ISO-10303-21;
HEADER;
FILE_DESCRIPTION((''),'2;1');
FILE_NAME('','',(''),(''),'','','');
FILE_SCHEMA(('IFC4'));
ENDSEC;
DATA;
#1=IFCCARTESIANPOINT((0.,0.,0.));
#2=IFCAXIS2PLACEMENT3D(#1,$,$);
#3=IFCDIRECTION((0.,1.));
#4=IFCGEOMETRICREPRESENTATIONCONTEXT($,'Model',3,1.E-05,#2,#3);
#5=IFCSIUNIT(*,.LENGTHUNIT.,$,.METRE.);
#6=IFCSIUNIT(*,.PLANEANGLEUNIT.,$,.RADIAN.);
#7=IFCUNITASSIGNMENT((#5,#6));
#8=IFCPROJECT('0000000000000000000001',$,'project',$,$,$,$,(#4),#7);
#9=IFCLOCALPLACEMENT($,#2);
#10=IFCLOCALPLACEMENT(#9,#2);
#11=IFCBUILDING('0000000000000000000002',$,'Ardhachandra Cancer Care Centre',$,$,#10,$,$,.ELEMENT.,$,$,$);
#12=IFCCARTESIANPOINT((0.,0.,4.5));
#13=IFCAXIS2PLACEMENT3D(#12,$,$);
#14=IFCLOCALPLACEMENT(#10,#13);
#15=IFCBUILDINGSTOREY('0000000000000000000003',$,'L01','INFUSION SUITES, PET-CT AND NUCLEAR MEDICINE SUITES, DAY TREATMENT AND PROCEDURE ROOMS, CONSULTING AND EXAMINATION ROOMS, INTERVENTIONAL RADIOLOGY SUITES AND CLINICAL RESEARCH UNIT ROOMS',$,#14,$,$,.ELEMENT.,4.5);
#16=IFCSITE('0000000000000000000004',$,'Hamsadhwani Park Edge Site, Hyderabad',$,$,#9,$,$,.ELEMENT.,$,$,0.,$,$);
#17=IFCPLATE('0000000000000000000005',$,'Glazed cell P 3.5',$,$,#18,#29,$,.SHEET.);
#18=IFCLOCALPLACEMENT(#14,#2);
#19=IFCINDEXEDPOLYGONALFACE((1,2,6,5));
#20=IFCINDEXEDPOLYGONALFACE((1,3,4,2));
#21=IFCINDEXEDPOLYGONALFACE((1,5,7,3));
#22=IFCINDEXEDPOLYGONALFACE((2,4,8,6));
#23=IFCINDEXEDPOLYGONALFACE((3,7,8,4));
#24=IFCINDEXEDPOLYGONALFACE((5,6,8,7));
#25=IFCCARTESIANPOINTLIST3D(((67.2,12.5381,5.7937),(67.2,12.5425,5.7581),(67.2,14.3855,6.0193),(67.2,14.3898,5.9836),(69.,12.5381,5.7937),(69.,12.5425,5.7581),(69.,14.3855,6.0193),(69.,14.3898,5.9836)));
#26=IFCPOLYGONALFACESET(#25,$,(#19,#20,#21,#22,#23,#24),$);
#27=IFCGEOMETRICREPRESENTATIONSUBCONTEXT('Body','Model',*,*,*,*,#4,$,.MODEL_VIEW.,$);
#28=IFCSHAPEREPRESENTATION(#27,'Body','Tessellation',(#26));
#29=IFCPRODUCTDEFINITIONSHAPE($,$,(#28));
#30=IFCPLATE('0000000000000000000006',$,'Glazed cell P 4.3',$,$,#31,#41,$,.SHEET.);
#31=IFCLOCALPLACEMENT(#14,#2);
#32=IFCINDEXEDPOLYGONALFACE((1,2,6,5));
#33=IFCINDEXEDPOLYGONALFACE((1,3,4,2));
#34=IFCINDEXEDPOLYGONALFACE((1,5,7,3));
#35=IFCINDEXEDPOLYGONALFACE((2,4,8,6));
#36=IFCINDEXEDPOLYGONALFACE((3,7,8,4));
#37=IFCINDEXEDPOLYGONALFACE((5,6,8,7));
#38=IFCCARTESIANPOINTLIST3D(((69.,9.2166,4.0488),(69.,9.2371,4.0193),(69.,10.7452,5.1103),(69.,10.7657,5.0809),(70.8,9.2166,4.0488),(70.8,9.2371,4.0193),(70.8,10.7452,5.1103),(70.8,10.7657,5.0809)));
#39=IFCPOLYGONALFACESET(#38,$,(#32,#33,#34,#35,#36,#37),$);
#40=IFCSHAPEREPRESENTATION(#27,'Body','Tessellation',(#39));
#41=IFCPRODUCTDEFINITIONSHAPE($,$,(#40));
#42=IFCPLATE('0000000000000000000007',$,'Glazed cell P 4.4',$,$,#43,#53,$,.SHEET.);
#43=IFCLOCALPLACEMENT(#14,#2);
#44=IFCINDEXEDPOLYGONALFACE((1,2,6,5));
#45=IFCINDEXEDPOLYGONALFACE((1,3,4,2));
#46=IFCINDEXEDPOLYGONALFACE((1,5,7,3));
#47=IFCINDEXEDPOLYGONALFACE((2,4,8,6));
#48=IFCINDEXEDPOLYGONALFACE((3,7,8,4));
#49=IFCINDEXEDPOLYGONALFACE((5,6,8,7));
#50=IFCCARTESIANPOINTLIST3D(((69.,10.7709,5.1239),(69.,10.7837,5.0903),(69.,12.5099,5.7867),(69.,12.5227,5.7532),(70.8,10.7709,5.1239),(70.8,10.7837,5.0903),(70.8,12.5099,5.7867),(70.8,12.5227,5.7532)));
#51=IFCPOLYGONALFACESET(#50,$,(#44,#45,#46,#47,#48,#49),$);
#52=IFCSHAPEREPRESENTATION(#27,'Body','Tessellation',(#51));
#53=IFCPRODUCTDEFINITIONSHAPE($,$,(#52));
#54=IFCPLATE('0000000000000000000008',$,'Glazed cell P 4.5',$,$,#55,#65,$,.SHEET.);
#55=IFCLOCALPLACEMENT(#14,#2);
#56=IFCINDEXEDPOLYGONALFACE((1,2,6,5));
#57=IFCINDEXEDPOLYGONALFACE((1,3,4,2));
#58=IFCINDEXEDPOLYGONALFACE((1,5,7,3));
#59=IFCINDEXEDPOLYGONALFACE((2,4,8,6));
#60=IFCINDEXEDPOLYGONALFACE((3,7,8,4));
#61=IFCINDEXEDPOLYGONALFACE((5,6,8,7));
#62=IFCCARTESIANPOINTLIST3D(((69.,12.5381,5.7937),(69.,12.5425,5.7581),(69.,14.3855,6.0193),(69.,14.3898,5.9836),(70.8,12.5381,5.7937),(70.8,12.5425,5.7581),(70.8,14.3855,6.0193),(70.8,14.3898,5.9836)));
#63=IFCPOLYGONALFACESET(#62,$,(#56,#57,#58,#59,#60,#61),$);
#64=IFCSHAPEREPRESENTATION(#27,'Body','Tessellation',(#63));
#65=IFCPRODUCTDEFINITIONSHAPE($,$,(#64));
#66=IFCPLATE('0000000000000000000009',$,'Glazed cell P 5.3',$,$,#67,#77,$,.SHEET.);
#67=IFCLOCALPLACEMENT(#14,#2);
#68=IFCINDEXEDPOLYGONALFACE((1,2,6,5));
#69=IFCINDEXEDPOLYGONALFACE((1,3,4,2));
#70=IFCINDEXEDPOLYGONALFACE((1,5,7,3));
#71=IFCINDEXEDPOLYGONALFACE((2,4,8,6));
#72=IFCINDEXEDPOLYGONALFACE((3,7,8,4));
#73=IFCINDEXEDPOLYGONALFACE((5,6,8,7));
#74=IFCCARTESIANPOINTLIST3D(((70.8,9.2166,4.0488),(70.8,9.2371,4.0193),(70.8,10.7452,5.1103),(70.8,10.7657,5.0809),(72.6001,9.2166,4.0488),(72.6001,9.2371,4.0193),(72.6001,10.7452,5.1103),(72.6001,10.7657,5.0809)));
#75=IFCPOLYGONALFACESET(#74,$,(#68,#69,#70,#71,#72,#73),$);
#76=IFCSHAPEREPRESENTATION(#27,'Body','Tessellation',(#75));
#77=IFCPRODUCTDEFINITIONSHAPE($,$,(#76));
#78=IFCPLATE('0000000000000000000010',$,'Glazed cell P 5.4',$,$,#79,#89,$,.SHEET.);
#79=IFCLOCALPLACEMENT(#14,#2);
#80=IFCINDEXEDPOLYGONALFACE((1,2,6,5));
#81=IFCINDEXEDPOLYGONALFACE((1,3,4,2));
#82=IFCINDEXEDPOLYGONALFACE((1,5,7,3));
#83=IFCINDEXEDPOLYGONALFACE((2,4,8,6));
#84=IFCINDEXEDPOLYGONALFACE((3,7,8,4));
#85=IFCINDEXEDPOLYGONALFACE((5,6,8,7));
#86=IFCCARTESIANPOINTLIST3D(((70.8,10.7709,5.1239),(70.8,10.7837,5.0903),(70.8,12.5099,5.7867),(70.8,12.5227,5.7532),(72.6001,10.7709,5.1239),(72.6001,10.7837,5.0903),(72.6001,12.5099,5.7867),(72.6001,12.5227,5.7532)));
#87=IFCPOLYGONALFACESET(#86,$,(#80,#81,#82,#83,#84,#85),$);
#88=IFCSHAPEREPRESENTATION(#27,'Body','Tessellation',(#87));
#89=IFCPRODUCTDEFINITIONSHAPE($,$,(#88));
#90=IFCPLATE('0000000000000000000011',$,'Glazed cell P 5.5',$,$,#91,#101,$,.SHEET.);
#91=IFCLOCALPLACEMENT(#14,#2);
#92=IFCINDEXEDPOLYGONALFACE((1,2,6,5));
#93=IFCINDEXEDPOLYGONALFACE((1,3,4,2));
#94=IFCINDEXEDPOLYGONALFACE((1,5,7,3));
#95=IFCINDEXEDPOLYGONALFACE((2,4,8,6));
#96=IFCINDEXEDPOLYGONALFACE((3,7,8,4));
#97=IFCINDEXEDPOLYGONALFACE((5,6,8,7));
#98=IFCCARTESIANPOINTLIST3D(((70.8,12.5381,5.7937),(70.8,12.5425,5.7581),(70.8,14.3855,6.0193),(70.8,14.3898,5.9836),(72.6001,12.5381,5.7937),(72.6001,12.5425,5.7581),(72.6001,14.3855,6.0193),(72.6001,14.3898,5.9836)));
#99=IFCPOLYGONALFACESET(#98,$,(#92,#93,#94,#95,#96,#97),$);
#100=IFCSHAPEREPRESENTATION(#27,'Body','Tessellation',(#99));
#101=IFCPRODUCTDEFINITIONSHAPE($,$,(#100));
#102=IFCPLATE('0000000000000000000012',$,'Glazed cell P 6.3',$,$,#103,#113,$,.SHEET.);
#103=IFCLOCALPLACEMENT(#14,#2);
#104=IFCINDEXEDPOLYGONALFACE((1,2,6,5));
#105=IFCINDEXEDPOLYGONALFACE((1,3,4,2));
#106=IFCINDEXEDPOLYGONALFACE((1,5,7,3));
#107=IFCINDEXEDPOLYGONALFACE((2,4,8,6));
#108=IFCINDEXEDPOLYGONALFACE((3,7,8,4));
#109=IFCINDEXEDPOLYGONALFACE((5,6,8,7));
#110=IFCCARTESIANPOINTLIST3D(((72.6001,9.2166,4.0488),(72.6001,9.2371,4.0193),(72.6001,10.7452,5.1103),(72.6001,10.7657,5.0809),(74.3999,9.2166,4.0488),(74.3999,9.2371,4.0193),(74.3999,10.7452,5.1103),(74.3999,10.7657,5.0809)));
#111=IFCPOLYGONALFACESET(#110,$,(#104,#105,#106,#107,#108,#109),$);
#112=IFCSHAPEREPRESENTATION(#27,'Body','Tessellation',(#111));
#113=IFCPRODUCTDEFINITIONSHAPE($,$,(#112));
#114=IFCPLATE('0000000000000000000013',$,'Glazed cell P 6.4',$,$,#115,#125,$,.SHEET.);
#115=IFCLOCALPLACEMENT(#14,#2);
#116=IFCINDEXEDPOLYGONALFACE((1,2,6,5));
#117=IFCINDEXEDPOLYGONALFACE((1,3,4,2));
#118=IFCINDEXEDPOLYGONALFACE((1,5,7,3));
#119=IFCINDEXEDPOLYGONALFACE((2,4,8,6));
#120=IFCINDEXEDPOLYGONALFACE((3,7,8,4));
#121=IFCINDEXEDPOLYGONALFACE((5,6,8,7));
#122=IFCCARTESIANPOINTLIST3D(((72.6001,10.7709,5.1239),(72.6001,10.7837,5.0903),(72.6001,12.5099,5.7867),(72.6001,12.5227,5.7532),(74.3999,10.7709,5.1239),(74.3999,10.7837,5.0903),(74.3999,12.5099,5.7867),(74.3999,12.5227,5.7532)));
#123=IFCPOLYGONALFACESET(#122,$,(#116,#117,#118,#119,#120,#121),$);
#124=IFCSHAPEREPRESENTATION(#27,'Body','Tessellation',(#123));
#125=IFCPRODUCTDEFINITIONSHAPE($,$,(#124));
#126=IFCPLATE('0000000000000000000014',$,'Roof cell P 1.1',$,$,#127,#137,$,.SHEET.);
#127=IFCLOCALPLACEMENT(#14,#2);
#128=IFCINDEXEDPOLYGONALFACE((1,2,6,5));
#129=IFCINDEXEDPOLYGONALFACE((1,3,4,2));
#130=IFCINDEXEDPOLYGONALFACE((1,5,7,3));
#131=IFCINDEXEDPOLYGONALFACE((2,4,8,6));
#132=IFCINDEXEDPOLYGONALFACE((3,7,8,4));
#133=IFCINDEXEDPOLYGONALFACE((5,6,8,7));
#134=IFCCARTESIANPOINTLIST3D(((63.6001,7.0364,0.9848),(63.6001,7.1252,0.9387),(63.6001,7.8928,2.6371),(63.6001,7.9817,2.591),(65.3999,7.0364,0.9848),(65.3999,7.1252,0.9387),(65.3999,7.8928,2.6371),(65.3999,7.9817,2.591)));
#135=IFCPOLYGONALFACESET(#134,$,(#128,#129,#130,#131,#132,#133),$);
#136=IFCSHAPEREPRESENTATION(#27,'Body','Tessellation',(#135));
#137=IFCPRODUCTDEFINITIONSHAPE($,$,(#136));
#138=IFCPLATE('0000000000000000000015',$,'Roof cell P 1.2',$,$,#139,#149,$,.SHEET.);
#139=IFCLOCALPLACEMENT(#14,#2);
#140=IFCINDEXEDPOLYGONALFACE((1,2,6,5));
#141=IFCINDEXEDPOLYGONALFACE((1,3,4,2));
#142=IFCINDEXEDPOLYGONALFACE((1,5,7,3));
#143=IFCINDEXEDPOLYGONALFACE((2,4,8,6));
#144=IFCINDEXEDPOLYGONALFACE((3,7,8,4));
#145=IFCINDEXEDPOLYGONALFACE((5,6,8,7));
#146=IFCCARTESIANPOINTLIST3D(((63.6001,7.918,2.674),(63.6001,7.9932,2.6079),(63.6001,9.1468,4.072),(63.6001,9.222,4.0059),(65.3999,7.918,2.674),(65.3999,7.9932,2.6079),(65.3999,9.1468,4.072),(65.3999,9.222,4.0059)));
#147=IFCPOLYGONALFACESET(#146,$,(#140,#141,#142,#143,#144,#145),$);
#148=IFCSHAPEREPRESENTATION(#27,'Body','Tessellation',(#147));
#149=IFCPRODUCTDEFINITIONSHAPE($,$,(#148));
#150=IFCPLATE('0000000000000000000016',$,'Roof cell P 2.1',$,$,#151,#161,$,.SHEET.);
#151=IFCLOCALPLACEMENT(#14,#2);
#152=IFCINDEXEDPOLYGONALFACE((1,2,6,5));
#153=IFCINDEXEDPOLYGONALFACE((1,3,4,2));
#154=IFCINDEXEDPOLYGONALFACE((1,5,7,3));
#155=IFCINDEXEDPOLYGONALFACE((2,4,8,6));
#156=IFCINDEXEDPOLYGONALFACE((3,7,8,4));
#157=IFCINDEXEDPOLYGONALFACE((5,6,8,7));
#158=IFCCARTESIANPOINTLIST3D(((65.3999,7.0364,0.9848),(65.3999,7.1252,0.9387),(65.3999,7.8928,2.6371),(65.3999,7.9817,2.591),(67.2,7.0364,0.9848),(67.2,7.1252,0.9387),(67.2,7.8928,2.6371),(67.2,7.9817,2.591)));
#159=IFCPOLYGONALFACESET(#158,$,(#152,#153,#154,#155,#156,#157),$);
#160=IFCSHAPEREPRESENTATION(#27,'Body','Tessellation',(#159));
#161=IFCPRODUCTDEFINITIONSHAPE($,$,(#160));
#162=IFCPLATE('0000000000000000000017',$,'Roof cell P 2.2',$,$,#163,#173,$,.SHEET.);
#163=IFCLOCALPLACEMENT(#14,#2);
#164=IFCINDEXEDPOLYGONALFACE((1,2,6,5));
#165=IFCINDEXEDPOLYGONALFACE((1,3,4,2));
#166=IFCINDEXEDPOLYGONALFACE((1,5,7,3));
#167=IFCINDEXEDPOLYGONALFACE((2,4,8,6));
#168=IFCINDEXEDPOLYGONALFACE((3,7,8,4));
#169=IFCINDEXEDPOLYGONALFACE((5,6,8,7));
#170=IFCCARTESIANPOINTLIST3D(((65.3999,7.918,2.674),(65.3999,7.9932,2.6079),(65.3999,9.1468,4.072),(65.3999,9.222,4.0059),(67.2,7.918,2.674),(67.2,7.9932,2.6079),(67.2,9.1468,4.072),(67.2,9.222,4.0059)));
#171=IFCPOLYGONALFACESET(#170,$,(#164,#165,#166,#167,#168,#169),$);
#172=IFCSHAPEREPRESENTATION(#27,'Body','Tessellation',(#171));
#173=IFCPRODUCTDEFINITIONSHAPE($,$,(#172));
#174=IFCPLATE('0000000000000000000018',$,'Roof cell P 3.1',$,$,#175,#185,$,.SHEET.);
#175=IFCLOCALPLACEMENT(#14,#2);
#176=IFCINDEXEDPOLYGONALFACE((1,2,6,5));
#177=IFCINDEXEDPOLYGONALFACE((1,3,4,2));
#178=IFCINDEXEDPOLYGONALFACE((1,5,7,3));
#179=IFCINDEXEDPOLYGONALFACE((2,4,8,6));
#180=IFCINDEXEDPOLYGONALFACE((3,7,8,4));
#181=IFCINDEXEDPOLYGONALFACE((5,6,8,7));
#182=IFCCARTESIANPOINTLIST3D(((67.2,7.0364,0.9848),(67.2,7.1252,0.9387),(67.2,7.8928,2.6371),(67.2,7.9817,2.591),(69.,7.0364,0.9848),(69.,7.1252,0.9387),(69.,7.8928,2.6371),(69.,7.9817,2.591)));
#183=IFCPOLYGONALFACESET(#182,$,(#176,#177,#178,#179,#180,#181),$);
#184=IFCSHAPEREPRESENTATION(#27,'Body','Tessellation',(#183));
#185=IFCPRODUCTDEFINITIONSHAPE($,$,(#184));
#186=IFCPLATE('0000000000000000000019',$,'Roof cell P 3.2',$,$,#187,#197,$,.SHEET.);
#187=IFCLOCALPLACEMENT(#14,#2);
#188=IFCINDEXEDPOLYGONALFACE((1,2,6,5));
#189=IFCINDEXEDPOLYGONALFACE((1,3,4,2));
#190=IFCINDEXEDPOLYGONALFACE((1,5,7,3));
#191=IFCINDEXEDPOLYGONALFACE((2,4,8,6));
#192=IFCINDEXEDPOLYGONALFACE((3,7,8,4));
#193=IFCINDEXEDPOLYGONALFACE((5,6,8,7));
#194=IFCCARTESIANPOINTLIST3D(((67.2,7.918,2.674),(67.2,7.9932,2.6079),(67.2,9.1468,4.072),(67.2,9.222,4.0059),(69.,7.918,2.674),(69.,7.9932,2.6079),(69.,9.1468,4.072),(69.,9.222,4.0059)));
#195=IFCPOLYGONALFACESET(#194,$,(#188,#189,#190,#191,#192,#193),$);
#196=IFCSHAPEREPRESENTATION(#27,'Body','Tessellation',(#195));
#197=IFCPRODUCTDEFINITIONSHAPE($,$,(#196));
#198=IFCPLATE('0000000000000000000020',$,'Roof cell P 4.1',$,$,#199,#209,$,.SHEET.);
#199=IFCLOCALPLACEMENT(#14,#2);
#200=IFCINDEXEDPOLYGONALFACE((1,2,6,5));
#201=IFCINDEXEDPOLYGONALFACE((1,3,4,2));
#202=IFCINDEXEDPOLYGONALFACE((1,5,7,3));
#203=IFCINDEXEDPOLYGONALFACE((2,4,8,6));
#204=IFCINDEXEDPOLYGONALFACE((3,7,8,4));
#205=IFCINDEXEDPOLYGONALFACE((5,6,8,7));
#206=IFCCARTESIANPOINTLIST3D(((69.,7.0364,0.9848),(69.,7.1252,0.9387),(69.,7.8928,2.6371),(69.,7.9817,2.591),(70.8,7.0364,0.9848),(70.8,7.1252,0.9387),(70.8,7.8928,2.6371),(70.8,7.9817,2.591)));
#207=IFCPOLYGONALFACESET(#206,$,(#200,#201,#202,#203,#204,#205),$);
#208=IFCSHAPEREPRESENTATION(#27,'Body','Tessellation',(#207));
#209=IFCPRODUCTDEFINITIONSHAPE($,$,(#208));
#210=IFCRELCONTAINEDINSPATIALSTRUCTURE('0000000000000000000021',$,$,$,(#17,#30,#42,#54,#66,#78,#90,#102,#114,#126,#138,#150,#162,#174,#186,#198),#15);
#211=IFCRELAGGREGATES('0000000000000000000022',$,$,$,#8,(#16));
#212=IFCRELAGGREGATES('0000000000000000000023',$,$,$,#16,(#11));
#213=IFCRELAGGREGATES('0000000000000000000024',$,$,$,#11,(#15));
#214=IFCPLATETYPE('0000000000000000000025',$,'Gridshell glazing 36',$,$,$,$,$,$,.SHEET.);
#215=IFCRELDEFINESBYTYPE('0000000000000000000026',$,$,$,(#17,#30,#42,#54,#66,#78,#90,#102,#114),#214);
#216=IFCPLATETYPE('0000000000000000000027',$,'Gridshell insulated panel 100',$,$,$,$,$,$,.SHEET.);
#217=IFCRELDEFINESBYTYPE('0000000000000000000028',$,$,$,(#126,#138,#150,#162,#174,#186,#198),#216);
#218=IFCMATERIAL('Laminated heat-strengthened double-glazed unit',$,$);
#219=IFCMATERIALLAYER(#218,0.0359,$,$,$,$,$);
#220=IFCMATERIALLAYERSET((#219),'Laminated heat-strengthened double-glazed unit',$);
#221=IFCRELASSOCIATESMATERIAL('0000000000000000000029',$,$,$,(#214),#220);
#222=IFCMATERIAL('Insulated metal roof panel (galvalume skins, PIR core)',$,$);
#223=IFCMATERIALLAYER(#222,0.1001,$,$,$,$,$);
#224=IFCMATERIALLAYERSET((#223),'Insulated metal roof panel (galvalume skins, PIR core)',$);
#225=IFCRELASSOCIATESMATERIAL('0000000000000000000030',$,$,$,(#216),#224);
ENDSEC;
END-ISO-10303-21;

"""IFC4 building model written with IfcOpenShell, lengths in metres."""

from ifc_helpers import new_model, si_unit, direction, frame, origin, place, context, subcontext, project, spatial, polyline, outline, extrude, material, layer, layer_set, type_object, element, save


model = new_model("IFC4")

# Units and contexts
model_context = context("Model", 3, precision=1e-05, world=origin(), true_north=direction((0.0, 1.0)))
body_context = subcontext(model_context, "Body", "Model", "MODEL_VIEW")
ifc_project = project(units=[si_unit("LENGTHUNIT", "METRE"), si_unit("PLANEANGLEUNIT", "RADIAN")], contexts=[model_context])

# Site, building, storey
site_placement = place(None, origin())
site = spatial("IfcSite", under=ifc_project, at=site_placement, Name="Hamsadhwani Park Edge Site, Hyderabad", CompositionType="ELEMENT", RefElevation=0.0)
building_placement = place(site_placement, origin())
building = spatial("IfcBuilding", under=site, at=building_placement, Name="Ardhachandra Cancer Care Centre", CompositionType="ELEMENT")
storey_placement = place(building_placement, frame((0.0, 0.0, 4.5)))
storey = spatial("IfcBuildingStorey", under=building, at=storey_placement, Name="L01", Description="INFUSION SUITES, PET-CT AND NUCLEAR MEDICINE SUITES, DAY TREATMENT AND PROCEDURE ROOMS, CONSULTING AND EXAMINATION ROOMS, INTERVENTIONAL RADIOLOGY SUITES AND CLINICAL RESEARCH UNIT ROOMS", CompositionType="ELEMENT", Elevation=4.5)

# Plates
ifc_material_1 = material(Name="Laminated heat-strengthened double-glazed unit")
ifc_layer_1 = layer(ifc_material_1, 0.0359)
ifc_layer_set_1 = layer_set([ifc_layer_1], Name="Laminated heat-strengthened double-glazed unit")
plate_type_1 = type_object("IfcPlateType", Name="Gridshell glazing 36", PredefinedType="SHEET", material=ifc_layer_set_1)
for number, where, z_axis, x_axis, name in (
    (1, (67.2, 12.5425, 5.7581), (0.0, -0.121209, 0.992627), (1.0, 0.0, 0.0), "Glazed cell P 3.5"),
    (2, (69.0, 9.2371, 4.0193), (0.0, -0.570403, 0.821365), (1.0, 0.0, 0.0), "Glazed cell P 4.3"),
    (3, (69.0, 10.7837, 5.0903), (0.0, -0.356164, 0.934423), (1.0, 0.0, 0.0), "Glazed cell P 4.4"),
    (4, (69.0, 12.5425, 5.7581), (0.0, -0.121209, 0.992627), (1.0, 0.0, 0.0), "Glazed cell P 4.5"),
    (5, (70.8, 9.2371, 4.0193), (0.0, -0.570403, 0.821365), (1.0, 0.0, 0.0), "Glazed cell P 5.3"),
    (6, (70.8, 10.7837, 5.0903), (0.0, -0.356164, 0.934423), (1.0, 0.0, 0.0), "Glazed cell P 5.4"),
    (7, (70.8, 12.5425, 5.7581), (0.0, -0.121209, 0.992627), (1.0, 0.0, 0.0), "Glazed cell P 5.5"),
):
    element("IfcPlate", number, at=place(storey_placement, frame(where, z_axis=z_axis, x_axis=x_axis)), inside=storey, type_object=plate_type_1, Name=name, PredefinedType="SHEET", context=body_context, shape_type="SweptSolid", body=[
        extrude(outline(polyline([(0.0, 0.0), (1.8, 0.0), (1.8, 1.8611), (0.0, 1.8611), (0.0, 0.0)])), origin(), (0.0, 0.0, 1.0), 0.0359),
    ])
for number, where, z_axis, x_axis, name in (
    (8, (72.6001, 9.2371, 4.0193), (0.0, -0.570403, 0.821365), (1.0, 0.0, 0.0), "Glazed cell P 6.3"),
    (9, (72.6001, 10.7837, 5.0903), (0.0, -0.356164, 0.934423), (1.0, 0.0, 0.0), "Glazed cell P 6.4"),
):
    element("IfcPlate", number, at=place(storey_placement, frame(where, z_axis=z_axis, x_axis=x_axis)), inside=storey, type_object=plate_type_1, Name=name, PredefinedType="SHEET", context=body_context, shape_type="SweptSolid", body=[
        extrude(outline(polyline([(0.0, 0.0), (1.7998, 0.0), (1.7998, 1.8611), (0.0, 1.8611), (0.0, 0.0)])), origin(), (0.0, 0.0, 1.0), 0.0359),
    ])
ifc_material_2 = material(Name="Insulated metal roof panel (galvalume skins, PIR core)")
ifc_layer_2 = layer(ifc_material_2, 0.1001)
ifc_layer_set_2 = layer_set([ifc_layer_2], Name="Insulated metal roof panel (galvalume skins, PIR core)")
plate_type_2 = type_object("IfcPlateType", Name="Gridshell insulated panel 100", PredefinedType="SHEET", material=ifc_layer_set_2)
plate_1_placement = place(storey_placement, frame((63.6001, 7.1252, 0.9387), z_axis=(0.0, -0.887826, 0.460179), x_axis=(1.0, 0.0, 0.0)))
element("IfcPlate", 10, at=plate_1_placement, inside=storey, type_object=plate_type_2, Name="Roof cell P 1.1", PredefinedType="SHEET", context=body_context, shape_type="SweptSolid", body=[
    extrude(outline(polyline([(0.0, 0.0), (1.7998, 0.0), (1.7998, 1.8611), (0.0, 1.8611), (0.0, 0.0)])), origin(), (0.0, 0.0, 1.0), 0.1001),
])
plate_2_placement = place(storey_placement, frame((63.6001, 7.9932, 2.6079), z_axis=(0.0, -0.751096, 0.660193), x_axis=(1.0, 0.0, 0.0)))
element("IfcPlate", 11, at=plate_2_placement, inside=storey, type_object=plate_type_2, Name="Roof cell P 1.2", PredefinedType="SHEET", context=body_context, shape_type="SweptSolid", body=[
    extrude(outline(polyline([(0.0, 0.0), (1.7998, 0.0), (1.7998, 1.8613), (0.0, 1.8613), (0.0, 0.0)])), origin(), (0.0, 0.0, 1.0), 0.1001),
])
plate_3_placement = place(storey_placement, frame((65.3999, 7.1252, 0.9387), z_axis=(0.0, -0.887826, 0.460179), x_axis=(1.0, 0.0, 0.0)))
element("IfcPlate", 12, at=plate_3_placement, inside=storey, type_object=plate_type_2, Name="Roof cell P 2.1", PredefinedType="SHEET", context=body_context, shape_type="SweptSolid", body=[
    extrude(outline(polyline([(0.0, 0.0), (1.8, 0.0), (1.8, 1.8611), (0.0, 1.8611), (0.0, 0.0)])), origin(), (0.0, 0.0, 1.0), 0.1001),
])
plate_4_placement = place(storey_placement, frame((65.3999, 7.9932, 2.6079), z_axis=(0.0, -0.751096, 0.660193), x_axis=(1.0, 0.0, 0.0)))
element("IfcPlate", 13, at=plate_4_placement, inside=storey, type_object=plate_type_2, Name="Roof cell P 2.2", PredefinedType="SHEET", context=body_context, shape_type="SweptSolid", body=[
    extrude(outline(polyline([(0.0, 0.0), (1.8, 0.0), (1.8, 1.8613), (0.0, 1.8613), (0.0, 0.0)])), origin(), (0.0, 0.0, 1.0), 0.1001),
])
plate_5_placement = place(storey_placement, frame((67.2, 7.1252, 0.9387), z_axis=(0.0, -0.887826, 0.460179), x_axis=(1.0, 0.0, 0.0)))
element("IfcPlate", 14, at=plate_5_placement, inside=storey, type_object=plate_type_2, Name="Roof cell P 3.1", PredefinedType="SHEET", context=body_context, shape_type="SweptSolid", body=[
    extrude(outline(polyline([(0.0, 0.0), (1.8, 0.0), (1.8, 1.8611), (0.0, 1.8611), (0.0, 0.0)])), origin(), (0.0, 0.0, 1.0), 0.1001),
])
plate_6_placement = place(storey_placement, frame((67.2, 7.9932, 2.6079), z_axis=(0.0, -0.751096, 0.660193), x_axis=(1.0, 0.0, 0.0)))
element("IfcPlate", 15, at=plate_6_placement, inside=storey, type_object=plate_type_2, Name="Roof cell P 3.2", PredefinedType="SHEET", context=body_context, shape_type="SweptSolid", body=[
    extrude(outline(polyline([(0.0, 0.0), (1.8, 0.0), (1.8, 1.8613), (0.0, 1.8613), (0.0, 0.0)])), origin(), (0.0, 0.0, 1.0), 0.1001),
])
plate_7_placement = place(storey_placement, frame((69.0, 7.1252, 0.9387), z_axis=(0.0, -0.887826, 0.460179), x_axis=(1.0, 0.0, 0.0)))
element("IfcPlate", 16, at=plate_7_placement, inside=storey, type_object=plate_type_2, Name="Roof cell P 4.1", PredefinedType="SHEET", context=body_context, shape_type="SweptSolid", body=[
    extrude(outline(polyline([(0.0, 0.0), (1.8, 0.0), (1.8, 1.8611), (0.0, 1.8611), (0.0, 0.0)])), origin(), (0.0, 0.0, 1.0), 0.1001),
])

save(model, "model.ifc")
